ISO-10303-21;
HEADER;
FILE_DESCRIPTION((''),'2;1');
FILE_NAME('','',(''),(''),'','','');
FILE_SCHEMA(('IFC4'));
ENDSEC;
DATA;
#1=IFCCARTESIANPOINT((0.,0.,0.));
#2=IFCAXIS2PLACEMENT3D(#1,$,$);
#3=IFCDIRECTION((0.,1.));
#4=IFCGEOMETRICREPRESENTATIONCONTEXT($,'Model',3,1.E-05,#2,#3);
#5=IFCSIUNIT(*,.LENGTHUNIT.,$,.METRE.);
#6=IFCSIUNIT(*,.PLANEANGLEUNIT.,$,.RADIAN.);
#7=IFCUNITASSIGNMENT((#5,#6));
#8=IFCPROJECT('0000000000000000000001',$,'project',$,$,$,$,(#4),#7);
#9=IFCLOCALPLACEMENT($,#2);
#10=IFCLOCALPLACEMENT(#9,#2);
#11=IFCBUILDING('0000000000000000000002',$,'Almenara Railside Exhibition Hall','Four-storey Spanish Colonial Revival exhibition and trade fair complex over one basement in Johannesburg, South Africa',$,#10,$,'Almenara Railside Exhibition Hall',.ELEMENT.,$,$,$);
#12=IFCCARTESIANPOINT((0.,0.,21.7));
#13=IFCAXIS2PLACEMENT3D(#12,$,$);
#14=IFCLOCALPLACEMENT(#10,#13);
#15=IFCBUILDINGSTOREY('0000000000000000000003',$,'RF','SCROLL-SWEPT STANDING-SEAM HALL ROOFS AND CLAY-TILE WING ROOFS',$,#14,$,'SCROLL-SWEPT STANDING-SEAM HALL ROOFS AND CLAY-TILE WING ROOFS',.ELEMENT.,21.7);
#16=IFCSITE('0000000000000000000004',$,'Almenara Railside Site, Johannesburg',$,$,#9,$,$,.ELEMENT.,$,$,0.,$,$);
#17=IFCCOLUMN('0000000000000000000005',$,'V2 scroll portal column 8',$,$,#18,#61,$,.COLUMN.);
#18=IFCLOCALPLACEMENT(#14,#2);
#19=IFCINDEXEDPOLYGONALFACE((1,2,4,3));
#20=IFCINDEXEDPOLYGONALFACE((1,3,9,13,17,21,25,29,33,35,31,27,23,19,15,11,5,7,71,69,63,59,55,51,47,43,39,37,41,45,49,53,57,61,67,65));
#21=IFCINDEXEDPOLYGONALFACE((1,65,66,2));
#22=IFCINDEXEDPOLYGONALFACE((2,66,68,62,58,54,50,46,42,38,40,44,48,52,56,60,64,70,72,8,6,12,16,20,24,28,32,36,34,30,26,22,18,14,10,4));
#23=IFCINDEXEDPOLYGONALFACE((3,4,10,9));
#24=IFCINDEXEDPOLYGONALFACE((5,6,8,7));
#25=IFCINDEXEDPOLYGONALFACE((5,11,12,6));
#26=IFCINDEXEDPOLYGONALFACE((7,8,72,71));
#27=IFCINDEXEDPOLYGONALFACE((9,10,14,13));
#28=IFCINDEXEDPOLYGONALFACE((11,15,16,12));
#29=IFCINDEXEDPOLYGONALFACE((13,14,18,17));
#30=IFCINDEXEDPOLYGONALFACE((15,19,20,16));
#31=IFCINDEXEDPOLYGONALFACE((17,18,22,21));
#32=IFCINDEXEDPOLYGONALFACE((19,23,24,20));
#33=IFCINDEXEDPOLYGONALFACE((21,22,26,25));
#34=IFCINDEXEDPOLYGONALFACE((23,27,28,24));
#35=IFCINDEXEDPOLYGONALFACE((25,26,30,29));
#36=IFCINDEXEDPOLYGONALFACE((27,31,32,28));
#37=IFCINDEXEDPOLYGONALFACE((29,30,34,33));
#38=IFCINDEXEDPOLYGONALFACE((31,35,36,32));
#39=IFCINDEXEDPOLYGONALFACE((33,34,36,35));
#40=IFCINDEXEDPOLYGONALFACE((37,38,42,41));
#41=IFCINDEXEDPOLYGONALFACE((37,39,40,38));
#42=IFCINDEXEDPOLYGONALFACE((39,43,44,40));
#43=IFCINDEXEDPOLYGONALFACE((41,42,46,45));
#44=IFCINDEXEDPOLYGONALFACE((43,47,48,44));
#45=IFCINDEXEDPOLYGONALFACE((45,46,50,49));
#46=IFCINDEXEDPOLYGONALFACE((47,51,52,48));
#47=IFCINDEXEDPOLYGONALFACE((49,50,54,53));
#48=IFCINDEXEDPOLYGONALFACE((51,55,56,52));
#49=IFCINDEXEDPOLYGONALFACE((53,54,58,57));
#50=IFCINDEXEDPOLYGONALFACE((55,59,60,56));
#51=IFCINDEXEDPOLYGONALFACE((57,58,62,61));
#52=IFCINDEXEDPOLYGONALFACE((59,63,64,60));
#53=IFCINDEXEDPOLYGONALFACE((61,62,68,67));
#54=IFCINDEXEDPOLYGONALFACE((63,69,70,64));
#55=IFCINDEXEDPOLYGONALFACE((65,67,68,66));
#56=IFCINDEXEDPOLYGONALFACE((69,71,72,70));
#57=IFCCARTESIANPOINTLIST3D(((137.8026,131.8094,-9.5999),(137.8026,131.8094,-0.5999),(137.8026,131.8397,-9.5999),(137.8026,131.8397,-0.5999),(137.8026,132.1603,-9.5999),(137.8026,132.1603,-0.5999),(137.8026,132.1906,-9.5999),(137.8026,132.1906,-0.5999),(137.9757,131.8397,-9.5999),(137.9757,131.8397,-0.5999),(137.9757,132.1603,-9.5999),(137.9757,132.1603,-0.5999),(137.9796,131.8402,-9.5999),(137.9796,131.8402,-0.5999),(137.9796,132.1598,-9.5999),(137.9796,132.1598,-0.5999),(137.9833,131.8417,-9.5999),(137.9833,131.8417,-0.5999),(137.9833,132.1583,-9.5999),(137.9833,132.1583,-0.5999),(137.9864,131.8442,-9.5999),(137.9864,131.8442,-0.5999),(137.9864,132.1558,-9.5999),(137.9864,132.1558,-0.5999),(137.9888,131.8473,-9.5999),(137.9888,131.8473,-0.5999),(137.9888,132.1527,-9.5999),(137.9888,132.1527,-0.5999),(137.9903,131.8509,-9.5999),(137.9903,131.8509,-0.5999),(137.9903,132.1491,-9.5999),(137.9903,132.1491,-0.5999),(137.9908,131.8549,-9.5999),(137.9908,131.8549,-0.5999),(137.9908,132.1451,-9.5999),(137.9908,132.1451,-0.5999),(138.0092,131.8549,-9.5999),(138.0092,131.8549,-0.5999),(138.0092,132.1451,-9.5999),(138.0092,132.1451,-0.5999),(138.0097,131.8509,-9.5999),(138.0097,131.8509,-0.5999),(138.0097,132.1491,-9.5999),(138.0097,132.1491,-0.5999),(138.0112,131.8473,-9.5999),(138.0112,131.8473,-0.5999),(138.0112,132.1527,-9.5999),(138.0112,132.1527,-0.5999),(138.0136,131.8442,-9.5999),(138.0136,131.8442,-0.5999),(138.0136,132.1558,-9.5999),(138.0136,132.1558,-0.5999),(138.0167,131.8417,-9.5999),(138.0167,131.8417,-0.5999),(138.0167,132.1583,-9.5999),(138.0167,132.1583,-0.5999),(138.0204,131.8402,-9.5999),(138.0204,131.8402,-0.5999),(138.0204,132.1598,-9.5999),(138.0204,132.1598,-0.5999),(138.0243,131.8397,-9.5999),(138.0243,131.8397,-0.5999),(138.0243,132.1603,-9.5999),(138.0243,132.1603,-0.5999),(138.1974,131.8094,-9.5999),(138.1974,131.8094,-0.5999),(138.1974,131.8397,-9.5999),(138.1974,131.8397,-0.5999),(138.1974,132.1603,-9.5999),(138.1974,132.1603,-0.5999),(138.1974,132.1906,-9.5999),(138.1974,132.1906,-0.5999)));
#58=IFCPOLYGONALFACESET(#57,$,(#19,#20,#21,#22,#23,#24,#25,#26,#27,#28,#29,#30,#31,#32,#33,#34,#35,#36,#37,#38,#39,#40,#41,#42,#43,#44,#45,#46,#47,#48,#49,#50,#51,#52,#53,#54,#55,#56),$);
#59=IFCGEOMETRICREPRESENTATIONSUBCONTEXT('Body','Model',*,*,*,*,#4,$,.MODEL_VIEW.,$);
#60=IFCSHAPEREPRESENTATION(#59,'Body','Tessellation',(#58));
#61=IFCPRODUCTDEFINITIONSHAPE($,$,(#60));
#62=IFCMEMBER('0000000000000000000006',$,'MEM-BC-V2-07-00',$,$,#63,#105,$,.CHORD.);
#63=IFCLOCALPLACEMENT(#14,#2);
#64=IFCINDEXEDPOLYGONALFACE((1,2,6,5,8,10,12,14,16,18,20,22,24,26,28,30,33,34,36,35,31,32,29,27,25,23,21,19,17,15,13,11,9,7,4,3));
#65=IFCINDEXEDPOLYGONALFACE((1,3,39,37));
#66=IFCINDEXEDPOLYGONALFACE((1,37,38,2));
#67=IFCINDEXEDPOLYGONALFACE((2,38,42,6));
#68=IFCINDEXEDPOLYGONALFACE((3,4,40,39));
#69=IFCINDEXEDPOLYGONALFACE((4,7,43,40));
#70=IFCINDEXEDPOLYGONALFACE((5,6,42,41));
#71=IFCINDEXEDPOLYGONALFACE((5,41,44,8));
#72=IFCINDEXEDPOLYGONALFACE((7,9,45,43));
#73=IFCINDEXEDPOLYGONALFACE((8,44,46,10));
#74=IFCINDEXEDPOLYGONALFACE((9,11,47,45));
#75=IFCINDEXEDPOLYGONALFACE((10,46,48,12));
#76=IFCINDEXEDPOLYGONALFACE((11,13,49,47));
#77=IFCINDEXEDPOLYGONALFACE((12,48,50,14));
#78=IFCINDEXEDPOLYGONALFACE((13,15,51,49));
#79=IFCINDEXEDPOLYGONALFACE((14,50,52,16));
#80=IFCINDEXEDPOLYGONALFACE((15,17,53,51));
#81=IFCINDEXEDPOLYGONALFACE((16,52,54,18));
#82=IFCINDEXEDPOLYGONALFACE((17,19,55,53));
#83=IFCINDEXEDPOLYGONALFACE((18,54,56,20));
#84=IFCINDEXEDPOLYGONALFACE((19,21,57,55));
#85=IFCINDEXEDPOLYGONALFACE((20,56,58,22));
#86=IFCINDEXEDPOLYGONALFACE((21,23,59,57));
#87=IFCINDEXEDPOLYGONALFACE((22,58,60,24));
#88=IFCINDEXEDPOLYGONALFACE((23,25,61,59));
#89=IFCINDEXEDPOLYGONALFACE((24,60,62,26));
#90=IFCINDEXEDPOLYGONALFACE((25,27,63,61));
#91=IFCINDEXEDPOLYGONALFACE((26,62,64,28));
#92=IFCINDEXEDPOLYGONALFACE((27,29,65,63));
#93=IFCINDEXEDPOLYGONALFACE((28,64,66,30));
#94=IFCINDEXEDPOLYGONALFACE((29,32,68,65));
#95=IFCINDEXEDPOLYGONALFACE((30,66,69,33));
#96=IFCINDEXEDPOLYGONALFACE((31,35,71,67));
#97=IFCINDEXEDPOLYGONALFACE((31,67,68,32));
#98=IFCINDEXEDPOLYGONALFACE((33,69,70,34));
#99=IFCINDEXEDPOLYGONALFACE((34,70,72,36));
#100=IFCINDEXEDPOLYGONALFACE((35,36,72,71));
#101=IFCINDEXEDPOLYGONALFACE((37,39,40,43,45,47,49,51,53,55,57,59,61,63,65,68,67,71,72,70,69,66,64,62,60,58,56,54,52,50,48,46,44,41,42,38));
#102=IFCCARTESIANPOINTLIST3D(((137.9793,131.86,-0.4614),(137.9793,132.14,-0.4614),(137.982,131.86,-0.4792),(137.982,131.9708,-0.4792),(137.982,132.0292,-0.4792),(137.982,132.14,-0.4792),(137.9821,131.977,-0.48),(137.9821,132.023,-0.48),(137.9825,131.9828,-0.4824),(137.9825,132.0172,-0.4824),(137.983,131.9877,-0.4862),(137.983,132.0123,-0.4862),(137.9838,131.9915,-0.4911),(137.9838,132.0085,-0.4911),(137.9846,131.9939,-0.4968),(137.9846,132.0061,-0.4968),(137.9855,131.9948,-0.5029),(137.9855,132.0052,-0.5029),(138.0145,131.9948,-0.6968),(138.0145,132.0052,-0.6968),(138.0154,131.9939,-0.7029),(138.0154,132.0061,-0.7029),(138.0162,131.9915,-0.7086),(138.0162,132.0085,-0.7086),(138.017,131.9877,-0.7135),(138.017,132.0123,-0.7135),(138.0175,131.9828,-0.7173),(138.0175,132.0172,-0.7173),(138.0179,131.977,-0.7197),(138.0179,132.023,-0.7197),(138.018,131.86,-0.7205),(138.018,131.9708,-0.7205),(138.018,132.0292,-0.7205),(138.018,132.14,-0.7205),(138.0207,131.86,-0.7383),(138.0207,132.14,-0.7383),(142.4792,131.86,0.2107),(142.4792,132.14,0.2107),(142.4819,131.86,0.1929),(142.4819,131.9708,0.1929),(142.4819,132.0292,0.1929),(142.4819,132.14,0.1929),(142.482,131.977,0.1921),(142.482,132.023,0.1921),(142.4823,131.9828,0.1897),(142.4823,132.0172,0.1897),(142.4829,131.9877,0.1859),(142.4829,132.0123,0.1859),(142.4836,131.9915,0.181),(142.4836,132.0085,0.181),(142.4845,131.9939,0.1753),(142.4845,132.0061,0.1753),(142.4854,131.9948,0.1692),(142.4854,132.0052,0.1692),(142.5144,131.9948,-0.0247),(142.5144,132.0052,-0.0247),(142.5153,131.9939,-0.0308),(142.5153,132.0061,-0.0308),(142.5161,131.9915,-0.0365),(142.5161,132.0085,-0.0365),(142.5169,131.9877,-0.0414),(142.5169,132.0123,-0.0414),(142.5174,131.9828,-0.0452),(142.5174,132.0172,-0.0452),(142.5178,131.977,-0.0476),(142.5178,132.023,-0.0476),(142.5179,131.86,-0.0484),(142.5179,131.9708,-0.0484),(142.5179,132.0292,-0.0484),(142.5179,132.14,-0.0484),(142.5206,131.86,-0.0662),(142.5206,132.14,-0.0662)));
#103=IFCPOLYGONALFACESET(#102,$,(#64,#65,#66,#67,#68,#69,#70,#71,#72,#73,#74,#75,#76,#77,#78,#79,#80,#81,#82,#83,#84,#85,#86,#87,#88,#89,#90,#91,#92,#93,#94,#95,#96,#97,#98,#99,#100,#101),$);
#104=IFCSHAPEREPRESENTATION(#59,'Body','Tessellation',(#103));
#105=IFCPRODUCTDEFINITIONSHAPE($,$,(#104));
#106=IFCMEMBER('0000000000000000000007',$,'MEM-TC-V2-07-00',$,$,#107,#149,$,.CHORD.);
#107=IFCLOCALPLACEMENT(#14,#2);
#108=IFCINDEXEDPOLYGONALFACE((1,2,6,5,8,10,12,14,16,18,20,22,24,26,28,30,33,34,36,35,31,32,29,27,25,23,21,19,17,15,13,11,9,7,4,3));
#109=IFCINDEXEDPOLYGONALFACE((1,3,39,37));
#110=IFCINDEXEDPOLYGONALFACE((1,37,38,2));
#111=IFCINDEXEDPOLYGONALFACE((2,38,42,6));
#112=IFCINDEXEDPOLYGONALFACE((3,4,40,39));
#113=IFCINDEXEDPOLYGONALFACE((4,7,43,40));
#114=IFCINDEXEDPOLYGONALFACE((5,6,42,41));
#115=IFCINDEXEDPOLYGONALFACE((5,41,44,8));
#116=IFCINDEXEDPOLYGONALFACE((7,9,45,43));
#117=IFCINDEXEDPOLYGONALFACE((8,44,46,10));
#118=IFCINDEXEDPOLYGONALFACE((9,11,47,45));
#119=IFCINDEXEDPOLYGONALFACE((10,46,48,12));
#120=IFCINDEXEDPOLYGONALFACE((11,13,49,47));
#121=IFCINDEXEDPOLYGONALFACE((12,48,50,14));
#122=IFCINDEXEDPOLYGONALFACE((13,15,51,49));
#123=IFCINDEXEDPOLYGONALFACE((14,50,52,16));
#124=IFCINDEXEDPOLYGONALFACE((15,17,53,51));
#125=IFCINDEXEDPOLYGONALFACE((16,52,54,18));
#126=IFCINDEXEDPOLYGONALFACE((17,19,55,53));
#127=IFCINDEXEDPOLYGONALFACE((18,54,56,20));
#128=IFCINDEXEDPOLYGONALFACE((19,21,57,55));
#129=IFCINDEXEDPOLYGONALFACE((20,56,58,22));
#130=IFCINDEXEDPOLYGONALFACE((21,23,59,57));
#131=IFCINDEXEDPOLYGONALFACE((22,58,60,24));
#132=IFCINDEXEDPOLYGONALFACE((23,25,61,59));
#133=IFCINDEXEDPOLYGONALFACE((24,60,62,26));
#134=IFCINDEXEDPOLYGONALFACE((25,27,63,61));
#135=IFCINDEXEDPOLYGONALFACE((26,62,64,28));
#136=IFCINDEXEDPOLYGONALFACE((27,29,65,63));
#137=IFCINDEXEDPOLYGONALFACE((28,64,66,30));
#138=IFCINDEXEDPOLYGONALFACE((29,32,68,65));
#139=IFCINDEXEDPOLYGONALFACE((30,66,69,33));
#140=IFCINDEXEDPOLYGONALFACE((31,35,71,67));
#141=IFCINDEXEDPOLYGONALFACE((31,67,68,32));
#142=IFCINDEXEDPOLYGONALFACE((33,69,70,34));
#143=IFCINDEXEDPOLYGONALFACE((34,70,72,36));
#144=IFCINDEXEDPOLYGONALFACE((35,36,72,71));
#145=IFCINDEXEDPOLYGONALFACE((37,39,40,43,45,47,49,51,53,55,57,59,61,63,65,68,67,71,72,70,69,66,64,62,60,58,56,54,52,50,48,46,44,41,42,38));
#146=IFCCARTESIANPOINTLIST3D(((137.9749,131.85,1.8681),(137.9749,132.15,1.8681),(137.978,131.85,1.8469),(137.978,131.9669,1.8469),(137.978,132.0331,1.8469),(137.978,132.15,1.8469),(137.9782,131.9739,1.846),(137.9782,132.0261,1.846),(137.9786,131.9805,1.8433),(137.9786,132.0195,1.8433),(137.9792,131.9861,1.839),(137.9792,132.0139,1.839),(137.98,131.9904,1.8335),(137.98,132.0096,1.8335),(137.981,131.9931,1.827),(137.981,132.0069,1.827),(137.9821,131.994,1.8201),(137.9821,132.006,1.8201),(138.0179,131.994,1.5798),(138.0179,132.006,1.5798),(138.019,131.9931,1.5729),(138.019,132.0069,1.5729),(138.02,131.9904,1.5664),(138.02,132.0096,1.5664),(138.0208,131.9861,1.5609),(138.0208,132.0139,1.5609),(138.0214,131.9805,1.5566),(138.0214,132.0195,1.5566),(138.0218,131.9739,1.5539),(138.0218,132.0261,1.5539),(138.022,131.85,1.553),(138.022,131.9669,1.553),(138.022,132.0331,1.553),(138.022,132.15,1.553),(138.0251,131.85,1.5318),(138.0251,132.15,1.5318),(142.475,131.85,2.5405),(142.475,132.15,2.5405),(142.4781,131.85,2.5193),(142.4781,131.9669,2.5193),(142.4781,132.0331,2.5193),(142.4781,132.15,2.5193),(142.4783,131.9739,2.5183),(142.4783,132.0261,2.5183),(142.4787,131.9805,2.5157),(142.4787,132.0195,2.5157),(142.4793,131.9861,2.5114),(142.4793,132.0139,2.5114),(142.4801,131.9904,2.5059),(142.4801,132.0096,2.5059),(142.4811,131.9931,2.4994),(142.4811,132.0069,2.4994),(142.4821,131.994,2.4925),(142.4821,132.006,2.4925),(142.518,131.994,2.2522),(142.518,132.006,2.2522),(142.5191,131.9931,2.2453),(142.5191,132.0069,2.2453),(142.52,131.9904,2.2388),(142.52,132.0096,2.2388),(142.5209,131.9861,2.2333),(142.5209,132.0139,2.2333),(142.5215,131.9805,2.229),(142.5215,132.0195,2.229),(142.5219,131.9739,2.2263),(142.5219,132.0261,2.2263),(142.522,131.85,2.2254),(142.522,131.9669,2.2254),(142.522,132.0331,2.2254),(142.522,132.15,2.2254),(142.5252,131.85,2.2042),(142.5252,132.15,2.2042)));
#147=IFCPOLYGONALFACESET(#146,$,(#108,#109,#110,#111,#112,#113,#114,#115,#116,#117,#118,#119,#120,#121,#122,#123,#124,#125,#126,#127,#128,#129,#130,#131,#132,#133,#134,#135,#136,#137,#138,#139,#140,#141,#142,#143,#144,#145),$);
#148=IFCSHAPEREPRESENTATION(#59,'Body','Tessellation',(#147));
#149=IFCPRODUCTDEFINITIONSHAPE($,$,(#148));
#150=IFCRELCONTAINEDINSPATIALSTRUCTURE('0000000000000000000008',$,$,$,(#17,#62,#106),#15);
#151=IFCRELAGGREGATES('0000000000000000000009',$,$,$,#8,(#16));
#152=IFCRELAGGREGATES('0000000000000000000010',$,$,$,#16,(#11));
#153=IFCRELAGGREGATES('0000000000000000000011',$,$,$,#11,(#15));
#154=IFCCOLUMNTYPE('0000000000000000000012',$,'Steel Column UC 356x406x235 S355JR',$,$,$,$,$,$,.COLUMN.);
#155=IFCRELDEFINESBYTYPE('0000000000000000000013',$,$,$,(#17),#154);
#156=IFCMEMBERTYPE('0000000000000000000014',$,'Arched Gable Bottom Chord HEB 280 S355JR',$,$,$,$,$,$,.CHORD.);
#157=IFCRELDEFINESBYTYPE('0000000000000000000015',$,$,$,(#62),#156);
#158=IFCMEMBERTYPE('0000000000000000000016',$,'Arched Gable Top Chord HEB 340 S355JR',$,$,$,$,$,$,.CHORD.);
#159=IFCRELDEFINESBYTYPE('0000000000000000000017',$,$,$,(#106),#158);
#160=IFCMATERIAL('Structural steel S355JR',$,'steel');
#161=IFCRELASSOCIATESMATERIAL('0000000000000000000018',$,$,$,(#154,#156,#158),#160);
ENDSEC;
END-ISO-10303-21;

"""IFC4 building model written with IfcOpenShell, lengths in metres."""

from ifc_helpers import new_model, si_unit, direction, frame, origin, origin_2d, place, context, subcontext, project, spatial, i_section, extrude, material, material_profile, profile_set, type_object, element, save


model = new_model("IFC4")

# Units and contexts
model_context = context("Model", 3, precision=1e-05, world=origin(), true_north=direction((0.0, 1.0)))
body_context = subcontext(model_context, "Body", "Model", "MODEL_VIEW")
ifc_project = project(units=[si_unit("LENGTHUNIT", "METRE"), si_unit("PLANEANGLEUNIT", "RADIAN")], contexts=[model_context])

# Site, building, storey
site_placement = place(None, origin())
site = spatial("IfcSite", under=ifc_project, at=site_placement, Name="Almenara Railside Site, Johannesburg", CompositionType="ELEMENT", RefElevation=0.0)
building_placement = place(site_placement, origin())
building = spatial("IfcBuilding", under=site, at=building_placement, Name="Almenara Railside Exhibition Hall", Description="Four-storey Spanish Colonial Revival exhibition and trade fair complex over one basement in Johannesburg, South Africa", LongName="Almenara Railside Exhibition Hall", CompositionType="ELEMENT")
storey_placement = place(building_placement, frame((0.0, 0.0, 21.7)))
storey = spatial("IfcBuildingStorey", under=building, at=storey_placement, Name="RF", Description="SCROLL-SWEPT STANDING-SEAM HALL ROOFS AND CLAY-TILE WING ROOFS", LongName="SCROLL-SWEPT STANDING-SEAM HALL ROOFS AND CLAY-TILE WING ROOFS", CompositionType="ELEMENT", Elevation=21.7)

# Column
ifc_material_1 = material(Name="Structural steel S355JR", Category="steel")
ifc_material_profile_1 = material_profile(ifc_material_1, i_section(OverallWidth=0.3948, OverallDepth=0.3811, WebThickness=0.0183, FlangeThickness=0.0303, FilletRadius=0.0151, at=origin_2d()), Name="UC 356x406x235")
ifc_profile_set_1 = profile_set([ifc_material_profile_1], Name="Structural steel S355JR")
column_type = type_object("IfcColumnType", Name="Steel Column UC 356x406x235 S355JR", PredefinedType="COLUMN", material=ifc_profile_set_1)
column_placement = place(storey_placement, frame((138.0, 132.0, -9.5999), z_axis=(0.0, 0.0, 1.0), x_axis=(1.0, 0.0, 0.0)))
element("IfcColumn", 1, at=column_placement, inside=storey, type_object=column_type, Name="V2 scroll portal column 8", PredefinedType="COLUMN", context=body_context, shape_type="SweptSolid", body=[
    extrude(i_section(OverallWidth=0.3948, OverallDepth=0.3811, WebThickness=0.0183, FlangeThickness=0.0303, FilletRadius=0.0151, at=origin_2d()), origin(), (0.0, 0.0, 1.0), 9.0),
])

# Members
ifc_material_profile_2 = material_profile(ifc_material_1, i_section(OverallWidth=0.28, OverallDepth=0.28, WebThickness=0.0105, FlangeThickness=0.0181, FilletRadius=0.0239, at=origin_2d()), Name="HEB 280")
ifc_profile_set_2 = profile_set([ifc_material_profile_2], Name="Structural steel S355JR")
member_type_1 = type_object("IfcMemberType", Name="Arched Gable Bottom Chord HEB 280 S355JR", PredefinedType="CHORD", material=ifc_profile_set_2)
member_1_placement = place(storey_placement, frame((138.0, 132.0, -0.5999), z_axis=(0.989029, 0.0, 0.147721), x_axis=(0.0, 1.0, 0.0)))
element("IfcMember", 2, at=member_1_placement, inside=storey, type_object=member_type_1, Name="MEM-BC-V2-07-00", PredefinedType="CHORD", context=body_context, shape_type="SweptSolid", body=[
    extrude(i_section(OverallWidth=0.28, OverallDepth=0.28, WebThickness=0.0105, FlangeThickness=0.0181, FilletRadius=0.0239, at=origin_2d()), origin(), (0.0, 0.0, 1.0), 4.5498),
])
ifc_material_profile_3 = material_profile(ifc_material_1, i_section(OverallWidth=0.3, OverallDepth=0.3401, WebThickness=0.012, FlangeThickness=0.0215, FilletRadius=0.0271, at=origin_2d()), Name="HEB 340")
ifc_profile_set_3 = profile_set([ifc_material_profile_3], Name="Structural steel S355JR")
member_type_2 = type_object("IfcMemberType", Name="Arched Gable Top Chord HEB 340 S355JR", PredefinedType="CHORD", material=ifc_profile_set_3)
member_2_placement = place(storey_placement, frame((138.0, 132.0, 1.7), z_axis=(0.989021, 0.0, 0.147774), x_axis=(0.0, 1.0, 0.0)))
element("IfcMember", 3, at=member_2_placement, inside=storey, type_object=member_type_2, Name="MEM-TC-V2-07-00", PredefinedType="CHORD", context=body_context, shape_type="SweptSolid", body=[
    extrude(i_section(OverallWidth=0.3, OverallDepth=0.3401, WebThickness=0.012, FlangeThickness=0.0215, FilletRadius=0.0271, at=origin_2d()), origin(), (0.0, 0.0, 1.0), 4.55),
])

save(model, "model.ifc")
